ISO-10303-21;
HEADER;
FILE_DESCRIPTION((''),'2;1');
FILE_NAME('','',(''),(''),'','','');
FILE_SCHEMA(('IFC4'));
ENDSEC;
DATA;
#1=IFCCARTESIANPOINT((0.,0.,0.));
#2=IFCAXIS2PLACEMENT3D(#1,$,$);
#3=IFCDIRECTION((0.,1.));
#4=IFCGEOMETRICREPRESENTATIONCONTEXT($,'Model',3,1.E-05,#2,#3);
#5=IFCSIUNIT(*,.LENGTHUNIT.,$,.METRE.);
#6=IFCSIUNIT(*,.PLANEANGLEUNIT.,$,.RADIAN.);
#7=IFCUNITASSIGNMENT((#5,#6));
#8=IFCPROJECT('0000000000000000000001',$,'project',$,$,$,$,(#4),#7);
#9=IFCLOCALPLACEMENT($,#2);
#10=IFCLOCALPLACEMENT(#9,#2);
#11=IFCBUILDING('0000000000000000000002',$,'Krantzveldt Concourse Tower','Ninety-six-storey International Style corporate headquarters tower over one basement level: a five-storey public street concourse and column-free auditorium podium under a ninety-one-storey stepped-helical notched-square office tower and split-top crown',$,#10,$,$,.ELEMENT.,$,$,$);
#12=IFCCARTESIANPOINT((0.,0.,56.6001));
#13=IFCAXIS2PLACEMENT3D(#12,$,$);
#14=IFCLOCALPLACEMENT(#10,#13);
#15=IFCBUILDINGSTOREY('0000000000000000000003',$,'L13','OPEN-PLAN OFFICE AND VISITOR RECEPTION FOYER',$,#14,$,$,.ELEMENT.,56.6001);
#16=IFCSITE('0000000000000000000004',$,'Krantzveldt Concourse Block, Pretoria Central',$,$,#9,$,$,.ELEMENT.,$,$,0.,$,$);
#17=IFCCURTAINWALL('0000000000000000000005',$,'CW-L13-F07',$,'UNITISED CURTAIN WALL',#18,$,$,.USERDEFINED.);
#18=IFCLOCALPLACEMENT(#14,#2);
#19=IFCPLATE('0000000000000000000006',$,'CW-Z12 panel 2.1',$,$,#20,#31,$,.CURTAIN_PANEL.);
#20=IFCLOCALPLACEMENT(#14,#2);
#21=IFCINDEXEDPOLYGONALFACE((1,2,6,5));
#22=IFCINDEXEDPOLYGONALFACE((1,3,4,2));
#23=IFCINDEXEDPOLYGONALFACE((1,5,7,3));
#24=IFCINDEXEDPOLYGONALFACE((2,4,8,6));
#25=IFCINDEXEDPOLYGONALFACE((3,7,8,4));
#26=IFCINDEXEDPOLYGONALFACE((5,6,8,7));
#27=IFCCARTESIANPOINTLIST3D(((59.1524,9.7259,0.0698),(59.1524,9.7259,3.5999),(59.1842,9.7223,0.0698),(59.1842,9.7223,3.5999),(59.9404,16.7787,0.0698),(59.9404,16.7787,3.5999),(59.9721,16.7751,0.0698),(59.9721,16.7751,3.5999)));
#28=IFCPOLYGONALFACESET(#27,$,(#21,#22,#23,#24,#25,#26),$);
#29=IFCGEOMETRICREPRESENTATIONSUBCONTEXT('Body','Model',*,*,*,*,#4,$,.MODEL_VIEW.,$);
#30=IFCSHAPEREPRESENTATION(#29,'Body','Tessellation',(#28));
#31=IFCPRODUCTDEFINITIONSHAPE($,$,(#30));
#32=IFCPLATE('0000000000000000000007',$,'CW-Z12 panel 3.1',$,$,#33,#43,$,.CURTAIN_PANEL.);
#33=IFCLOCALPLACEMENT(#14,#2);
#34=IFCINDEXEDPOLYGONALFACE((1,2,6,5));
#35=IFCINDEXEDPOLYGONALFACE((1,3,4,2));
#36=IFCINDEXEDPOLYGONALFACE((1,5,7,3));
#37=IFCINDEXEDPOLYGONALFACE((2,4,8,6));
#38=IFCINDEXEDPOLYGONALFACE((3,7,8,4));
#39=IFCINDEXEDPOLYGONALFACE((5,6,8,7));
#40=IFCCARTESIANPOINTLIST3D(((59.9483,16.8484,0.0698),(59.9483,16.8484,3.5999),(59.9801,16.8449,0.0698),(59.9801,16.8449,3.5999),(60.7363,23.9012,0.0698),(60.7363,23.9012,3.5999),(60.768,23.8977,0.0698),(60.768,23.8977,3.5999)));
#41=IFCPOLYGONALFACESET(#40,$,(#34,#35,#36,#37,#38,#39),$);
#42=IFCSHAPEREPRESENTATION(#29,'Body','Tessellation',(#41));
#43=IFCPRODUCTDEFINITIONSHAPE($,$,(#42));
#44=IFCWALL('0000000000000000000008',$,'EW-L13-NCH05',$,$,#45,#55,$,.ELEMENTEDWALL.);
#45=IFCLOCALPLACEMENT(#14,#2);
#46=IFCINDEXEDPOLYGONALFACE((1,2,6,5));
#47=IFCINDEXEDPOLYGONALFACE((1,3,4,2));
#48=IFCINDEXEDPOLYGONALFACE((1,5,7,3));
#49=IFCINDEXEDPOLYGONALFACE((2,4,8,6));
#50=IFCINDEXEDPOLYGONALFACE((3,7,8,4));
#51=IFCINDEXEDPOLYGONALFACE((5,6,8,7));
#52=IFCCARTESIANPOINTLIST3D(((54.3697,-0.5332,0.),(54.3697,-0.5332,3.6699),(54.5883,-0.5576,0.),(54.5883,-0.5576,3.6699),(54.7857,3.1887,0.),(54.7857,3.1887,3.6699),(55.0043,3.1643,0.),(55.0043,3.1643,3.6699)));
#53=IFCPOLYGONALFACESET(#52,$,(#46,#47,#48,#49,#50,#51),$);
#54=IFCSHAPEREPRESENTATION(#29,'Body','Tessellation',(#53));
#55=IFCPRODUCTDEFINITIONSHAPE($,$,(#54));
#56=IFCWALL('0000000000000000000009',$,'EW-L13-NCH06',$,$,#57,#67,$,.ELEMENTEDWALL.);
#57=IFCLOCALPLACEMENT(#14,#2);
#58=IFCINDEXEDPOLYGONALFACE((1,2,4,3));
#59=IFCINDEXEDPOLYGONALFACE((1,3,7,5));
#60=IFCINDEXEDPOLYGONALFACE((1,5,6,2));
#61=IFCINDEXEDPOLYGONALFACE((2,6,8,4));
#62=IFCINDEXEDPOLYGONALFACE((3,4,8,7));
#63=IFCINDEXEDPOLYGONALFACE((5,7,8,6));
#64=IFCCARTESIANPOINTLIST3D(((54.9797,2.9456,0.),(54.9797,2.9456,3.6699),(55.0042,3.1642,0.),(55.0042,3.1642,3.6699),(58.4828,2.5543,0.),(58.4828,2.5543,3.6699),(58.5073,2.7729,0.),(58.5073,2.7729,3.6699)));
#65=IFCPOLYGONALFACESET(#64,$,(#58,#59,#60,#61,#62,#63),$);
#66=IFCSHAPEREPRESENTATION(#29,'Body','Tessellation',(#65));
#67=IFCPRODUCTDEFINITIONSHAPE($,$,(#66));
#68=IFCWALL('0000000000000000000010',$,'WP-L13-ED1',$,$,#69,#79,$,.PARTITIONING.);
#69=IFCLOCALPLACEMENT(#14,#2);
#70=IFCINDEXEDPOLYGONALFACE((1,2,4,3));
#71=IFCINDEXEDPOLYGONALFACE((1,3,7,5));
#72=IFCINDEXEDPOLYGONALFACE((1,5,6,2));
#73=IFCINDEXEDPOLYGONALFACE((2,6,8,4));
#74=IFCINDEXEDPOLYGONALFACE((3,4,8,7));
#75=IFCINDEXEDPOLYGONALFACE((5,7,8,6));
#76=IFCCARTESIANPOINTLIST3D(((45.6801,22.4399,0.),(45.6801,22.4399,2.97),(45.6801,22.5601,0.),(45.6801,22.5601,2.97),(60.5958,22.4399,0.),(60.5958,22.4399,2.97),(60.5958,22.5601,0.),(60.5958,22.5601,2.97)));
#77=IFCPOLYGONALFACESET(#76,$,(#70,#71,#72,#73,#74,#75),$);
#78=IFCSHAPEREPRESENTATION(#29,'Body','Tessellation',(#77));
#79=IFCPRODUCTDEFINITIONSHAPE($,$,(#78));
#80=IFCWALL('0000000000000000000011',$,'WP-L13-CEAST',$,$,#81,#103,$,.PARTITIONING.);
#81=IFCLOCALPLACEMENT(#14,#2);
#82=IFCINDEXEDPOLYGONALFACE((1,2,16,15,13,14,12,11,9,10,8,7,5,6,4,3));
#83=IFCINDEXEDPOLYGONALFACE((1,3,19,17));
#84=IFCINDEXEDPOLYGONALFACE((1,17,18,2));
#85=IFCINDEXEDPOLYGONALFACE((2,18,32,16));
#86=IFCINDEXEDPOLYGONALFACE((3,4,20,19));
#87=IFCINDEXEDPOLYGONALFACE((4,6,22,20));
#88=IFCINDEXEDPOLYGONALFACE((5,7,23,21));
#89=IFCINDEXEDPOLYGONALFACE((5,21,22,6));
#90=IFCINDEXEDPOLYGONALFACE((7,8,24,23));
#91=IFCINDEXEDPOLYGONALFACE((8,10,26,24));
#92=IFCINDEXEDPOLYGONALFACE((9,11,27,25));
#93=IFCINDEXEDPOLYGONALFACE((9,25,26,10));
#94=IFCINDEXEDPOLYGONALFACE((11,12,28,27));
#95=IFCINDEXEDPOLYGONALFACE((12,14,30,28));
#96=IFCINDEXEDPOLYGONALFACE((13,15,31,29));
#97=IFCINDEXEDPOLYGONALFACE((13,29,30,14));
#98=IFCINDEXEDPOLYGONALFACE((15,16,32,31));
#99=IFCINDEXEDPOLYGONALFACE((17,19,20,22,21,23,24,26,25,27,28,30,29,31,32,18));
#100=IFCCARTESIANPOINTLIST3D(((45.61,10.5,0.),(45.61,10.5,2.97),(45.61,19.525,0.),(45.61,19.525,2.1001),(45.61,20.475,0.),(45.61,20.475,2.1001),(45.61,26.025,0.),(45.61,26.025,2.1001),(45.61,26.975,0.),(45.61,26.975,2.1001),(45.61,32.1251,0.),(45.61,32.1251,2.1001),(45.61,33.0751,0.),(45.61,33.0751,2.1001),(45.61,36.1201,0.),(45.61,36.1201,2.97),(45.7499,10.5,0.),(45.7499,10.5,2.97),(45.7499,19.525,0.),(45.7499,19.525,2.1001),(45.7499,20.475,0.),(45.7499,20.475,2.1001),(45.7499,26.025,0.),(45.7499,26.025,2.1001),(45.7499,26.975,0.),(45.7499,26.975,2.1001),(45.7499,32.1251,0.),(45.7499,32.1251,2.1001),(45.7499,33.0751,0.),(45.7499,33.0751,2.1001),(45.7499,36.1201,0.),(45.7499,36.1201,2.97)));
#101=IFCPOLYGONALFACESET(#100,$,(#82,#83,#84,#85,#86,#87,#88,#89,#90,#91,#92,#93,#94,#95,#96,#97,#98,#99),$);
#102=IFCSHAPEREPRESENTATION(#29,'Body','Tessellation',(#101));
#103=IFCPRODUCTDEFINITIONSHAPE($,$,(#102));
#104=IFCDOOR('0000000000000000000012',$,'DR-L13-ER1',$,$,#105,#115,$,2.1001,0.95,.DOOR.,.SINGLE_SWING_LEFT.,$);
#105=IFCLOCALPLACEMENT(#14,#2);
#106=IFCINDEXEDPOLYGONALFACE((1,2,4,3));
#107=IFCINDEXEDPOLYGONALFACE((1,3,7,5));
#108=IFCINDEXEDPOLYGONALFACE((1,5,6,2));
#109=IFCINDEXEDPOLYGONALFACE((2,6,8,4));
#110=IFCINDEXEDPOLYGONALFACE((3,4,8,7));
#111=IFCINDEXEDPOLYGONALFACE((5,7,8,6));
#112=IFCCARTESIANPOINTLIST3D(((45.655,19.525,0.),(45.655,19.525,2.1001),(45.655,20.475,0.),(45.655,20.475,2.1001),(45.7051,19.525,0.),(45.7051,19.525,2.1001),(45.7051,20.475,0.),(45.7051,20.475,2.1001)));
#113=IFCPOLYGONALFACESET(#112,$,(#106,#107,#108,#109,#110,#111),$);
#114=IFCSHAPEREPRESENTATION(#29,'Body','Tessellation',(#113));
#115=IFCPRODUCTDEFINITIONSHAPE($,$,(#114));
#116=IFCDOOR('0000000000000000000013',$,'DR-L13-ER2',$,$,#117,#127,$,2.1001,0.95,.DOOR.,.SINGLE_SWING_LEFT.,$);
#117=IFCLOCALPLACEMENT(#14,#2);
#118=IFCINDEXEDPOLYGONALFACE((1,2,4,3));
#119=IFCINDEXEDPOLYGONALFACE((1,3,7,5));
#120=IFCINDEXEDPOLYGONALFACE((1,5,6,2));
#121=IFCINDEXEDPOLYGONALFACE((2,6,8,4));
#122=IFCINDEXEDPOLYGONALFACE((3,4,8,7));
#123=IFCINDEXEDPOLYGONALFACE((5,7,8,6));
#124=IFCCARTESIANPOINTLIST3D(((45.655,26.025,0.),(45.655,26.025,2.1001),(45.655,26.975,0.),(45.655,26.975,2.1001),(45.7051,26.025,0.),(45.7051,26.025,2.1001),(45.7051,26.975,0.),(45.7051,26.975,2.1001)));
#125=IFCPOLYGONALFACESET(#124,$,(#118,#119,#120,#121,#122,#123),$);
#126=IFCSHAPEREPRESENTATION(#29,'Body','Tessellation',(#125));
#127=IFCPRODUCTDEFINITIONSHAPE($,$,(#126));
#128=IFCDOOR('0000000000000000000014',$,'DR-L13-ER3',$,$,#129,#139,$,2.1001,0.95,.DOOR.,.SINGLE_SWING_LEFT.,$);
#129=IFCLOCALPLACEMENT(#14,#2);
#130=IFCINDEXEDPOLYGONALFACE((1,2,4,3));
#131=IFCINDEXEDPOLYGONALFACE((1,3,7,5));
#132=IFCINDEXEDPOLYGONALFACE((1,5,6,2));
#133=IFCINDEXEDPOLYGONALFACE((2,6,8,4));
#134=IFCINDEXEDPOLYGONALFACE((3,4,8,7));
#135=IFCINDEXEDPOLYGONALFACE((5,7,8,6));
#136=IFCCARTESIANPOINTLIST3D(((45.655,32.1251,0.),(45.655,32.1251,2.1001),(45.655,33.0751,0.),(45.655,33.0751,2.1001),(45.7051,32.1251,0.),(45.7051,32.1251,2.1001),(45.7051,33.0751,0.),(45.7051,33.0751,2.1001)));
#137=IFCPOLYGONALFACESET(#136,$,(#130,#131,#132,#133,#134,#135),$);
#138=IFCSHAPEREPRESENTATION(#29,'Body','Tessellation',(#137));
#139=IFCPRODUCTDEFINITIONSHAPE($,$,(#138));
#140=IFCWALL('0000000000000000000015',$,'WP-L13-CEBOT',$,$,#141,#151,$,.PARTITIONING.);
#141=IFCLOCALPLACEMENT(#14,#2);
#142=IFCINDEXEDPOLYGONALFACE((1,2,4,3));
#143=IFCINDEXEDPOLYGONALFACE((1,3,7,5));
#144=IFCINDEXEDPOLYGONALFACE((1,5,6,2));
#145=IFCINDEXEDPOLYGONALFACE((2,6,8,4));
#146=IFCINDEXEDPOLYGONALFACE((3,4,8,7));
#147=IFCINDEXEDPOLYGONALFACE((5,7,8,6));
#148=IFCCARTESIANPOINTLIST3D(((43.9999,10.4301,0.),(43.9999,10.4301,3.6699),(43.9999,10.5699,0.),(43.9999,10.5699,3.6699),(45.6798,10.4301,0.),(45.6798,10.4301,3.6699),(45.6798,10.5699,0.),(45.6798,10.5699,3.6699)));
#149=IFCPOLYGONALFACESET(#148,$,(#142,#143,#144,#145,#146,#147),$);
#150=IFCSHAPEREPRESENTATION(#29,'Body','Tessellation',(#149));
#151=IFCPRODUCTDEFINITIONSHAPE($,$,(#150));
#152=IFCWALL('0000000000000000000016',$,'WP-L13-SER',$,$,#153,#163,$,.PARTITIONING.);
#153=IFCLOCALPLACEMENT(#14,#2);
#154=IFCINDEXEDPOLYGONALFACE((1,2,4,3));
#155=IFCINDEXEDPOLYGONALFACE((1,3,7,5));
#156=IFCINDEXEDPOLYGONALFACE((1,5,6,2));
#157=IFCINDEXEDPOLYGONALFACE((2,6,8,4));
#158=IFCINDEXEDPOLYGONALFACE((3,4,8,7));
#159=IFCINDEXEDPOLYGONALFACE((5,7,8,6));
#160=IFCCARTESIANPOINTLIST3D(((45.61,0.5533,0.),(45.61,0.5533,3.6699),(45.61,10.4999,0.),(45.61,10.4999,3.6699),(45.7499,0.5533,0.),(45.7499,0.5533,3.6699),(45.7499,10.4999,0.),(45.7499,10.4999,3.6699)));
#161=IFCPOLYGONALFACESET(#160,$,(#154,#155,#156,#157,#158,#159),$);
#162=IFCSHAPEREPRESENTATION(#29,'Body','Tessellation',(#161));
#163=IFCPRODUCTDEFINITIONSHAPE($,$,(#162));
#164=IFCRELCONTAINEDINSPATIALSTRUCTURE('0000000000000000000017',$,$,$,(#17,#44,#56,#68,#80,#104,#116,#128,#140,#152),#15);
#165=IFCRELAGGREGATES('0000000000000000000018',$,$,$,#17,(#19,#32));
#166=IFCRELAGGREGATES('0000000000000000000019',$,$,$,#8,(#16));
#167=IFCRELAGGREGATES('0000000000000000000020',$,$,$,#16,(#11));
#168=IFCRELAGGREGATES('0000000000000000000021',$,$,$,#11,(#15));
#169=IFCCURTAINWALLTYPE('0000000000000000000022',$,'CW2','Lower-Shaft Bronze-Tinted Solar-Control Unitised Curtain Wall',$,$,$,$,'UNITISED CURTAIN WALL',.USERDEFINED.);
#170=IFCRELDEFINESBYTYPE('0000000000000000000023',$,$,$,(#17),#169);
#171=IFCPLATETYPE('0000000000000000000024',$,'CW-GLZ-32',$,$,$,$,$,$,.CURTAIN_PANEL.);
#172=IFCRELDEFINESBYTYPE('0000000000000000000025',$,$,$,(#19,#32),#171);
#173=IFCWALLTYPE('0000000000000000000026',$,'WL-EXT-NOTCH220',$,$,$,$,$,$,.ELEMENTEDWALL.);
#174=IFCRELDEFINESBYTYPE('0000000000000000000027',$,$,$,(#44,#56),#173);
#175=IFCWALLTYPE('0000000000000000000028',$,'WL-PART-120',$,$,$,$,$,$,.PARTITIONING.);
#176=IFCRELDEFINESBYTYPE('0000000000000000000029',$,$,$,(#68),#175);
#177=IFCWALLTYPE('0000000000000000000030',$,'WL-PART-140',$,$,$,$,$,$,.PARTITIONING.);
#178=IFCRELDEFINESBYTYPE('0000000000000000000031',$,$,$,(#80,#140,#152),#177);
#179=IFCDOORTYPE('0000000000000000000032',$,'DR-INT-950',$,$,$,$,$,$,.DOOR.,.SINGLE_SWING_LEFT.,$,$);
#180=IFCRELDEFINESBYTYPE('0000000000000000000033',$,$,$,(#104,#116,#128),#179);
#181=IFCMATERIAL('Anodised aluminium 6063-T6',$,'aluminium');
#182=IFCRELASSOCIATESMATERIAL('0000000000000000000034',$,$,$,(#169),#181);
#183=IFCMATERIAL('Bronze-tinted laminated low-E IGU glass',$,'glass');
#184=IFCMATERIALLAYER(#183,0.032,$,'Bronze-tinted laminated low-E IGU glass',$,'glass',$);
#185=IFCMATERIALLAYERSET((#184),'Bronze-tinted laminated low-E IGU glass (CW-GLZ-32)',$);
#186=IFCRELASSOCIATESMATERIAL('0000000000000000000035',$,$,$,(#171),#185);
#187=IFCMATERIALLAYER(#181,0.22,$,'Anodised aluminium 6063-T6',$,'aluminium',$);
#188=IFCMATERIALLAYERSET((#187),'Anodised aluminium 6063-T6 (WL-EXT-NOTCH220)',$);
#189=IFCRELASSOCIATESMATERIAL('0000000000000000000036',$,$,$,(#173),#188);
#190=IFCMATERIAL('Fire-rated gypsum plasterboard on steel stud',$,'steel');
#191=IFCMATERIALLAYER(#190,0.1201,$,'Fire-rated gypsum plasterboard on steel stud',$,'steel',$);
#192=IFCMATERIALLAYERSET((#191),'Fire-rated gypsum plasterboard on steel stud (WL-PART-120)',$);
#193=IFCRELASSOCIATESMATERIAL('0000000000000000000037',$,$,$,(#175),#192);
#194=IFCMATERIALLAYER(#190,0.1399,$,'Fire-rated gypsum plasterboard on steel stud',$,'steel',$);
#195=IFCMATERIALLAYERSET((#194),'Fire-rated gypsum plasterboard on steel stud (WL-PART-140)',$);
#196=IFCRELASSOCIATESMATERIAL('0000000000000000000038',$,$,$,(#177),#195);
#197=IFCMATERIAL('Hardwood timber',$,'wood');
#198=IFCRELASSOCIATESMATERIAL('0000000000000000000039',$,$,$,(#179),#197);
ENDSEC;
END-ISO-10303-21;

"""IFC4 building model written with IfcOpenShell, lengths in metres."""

from ifc_helpers import new_model, si_unit, direction, frame, frame_2d, origin, origin_2d, place, context, subcontext, project, spatial, rectangle, extrude, source, transform, mapped, material, layer, layer_set, type_object, element, fill, aggregate, save


model = new_model("IFC4")

# Units and contexts
model_context = context("Model", 3, precision=1e-05, world=origin(), true_north=direction((0.0, 1.0)))
body_context = subcontext(model_context, "Body", "Model", "MODEL_VIEW")
ifc_project = project(units=[si_unit("LENGTHUNIT", "METRE"), si_unit("PLANEANGLEUNIT", "RADIAN")], contexts=[model_context])

# Site, building, storey
site_placement = place(None, origin())
site = spatial("IfcSite", under=ifc_project, at=site_placement, Name="Krantzveldt Concourse Block, Pretoria Central", CompositionType="ELEMENT", RefElevation=0.0)
building_placement = place(site_placement, origin())
building = spatial("IfcBuilding", under=site, at=building_placement, Name="Krantzveldt Concourse Tower", Description="Ninety-six-storey International Style corporate headquarters tower over one basement level: a five-storey public street concourse and column-free auditorium podium under a ninety-one-storey stepped-helical notched-square office tower and split-top crown", CompositionType="ELEMENT")
storey_placement = place(building_placement, frame((0.0, 0.0, 56.6001)))
storey = spatial("IfcBuildingStorey", under=building, at=storey_placement, Name="L13", Description="OPEN-PLAN OFFICE AND VISITOR RECEPTION FOYER", CompositionType="ELEMENT", Elevation=56.6001)

# Curtain wall
ifc_material_1 = material(Name="Anodised aluminium 6063-T6", Category="aluminium")
curtain_wall_type = type_object("IfcCurtainWallType", Name="CW2", Description="Lower-Shaft Bronze-Tinted Solar-Control Unitised Curtain Wall", ElementType="UNITISED CURTAIN WALL", PredefinedType="USERDEFINED", material=ifc_material_1)
curtain_wall_1_placement = place(storey_placement, origin())
curtain_wall_1 = element("IfcCurtainWall", 1, at=curtain_wall_1_placement, inside=storey, type_object=curtain_wall_type, Name="CW-L13-F07", ObjectType="UNITISED CURTAIN WALL", PredefinedType="USERDEFINED")

# Plates
ifc_material_2 = material(Name="Bronze-tinted laminated low-E IGU glass", Category="glass")
ifc_layer_1 = layer(ifc_material_2, 0.032, Name="Bronze-tinted laminated low-E IGU glass", Category="glass")
ifc_layer_set_1 = layer_set([ifc_layer_1], Name="Bronze-tinted laminated low-E IGU glass (CW-GLZ-32)")
plate_type = type_object("IfcPlateType", Name="CW-GLZ-32", PredefinedType="CURTAIN_PANEL", material=ifc_layer_set_1)
shared_shape_1 = source(origin(), body_context, "Body", "SweptSolid", [
    extrude(rectangle(XDim=7.0967, YDim=0.032, at=origin_2d()), origin(), (0.0, 0.0, 1.0), 3.53),
])
plate_1_placement = place(storey_placement, frame((59.5623, 13.2505, 0.0698), z_axis=(0.0, 0.0, 1.0), x_axis=(0.111035, 0.993816, 0.0)))
plate_1 = element("IfcPlate", 2, at=plate_1_placement, type_object=plate_type, Name="CW-Z12 panel 2.1", PredefinedType="CURTAIN_PANEL", context=body_context, shape_type="MappedRepresentation", body=[
    mapped(shared_shape_1, transform((0.0, 0.0, 0.0), x_axis=(1.0, 0.0, 0.0), y_axis=(0.0, 1.0, 0.0), z_axis=(0.0, 0.0, 1.0), scale=1.0)),
])
plate_2_placement = place(storey_placement, frame((60.3582, 20.373, 0.0698), z_axis=(0.0, 0.0, 1.0), x_axis=(0.111035, 0.993816, 0.0)))
plate_2 = element("IfcPlate", 3, at=plate_2_placement, type_object=plate_type, Name="CW-Z12 panel 3.1", PredefinedType="CURTAIN_PANEL", context=body_context, shape_type="MappedRepresentation", body=[
    mapped(shared_shape_1, transform((0.0, 0.0, 0.0), x_axis=(1.0, 0.0, 0.0), y_axis=(0.0, 1.0, 0.0), z_axis=(0.0, 0.0, 1.0), scale=1.0)),
])
aggregate(curtain_wall_1, [plate_1, plate_2])

# Walls
ifc_layer_2 = layer(ifc_material_1, 0.22, Name="Anodised aluminium 6063-T6", Category="aluminium")
ifc_layer_set_2 = layer_set([ifc_layer_2], Name="Anodised aluminium 6063-T6 (WL-EXT-NOTCH220)")
wall_type_1 = type_object("IfcWallType", Name="WL-EXT-NOTCH220", PredefinedType="ELEMENTEDWALL", material=ifc_layer_set_2)
wall_1_placement = place(storey_placement, frame((54.479, -0.5454, 0.0), z_axis=(0.0, 0.0, 1.0), x_axis=(0.111083, 0.993811, 0.0)))
element("IfcWall", 4, at=wall_1_placement, inside=storey, type_object=wall_type_1, Name="EW-L13-NCH05", PredefinedType="ELEMENTEDWALL", context=body_context, shape_type="SweptSolid", body=[
    extrude(rectangle(XDim=3.7451, YDim=0.22, at=frame_2d((1.8726, 0.0))), origin(), (0.0, 0.0, 1.0), 3.6699),
])
wall_2_placement = place(storey_placement, frame((54.9919, 3.0549, 0.0), z_axis=(0.0, 0.0, 1.0), x_axis=(0.993818, -0.111024, 0.0)))
element("IfcWall", 5, at=wall_2_placement, inside=storey, type_object=wall_type_1, Name="EW-L13-NCH06", PredefinedType="ELEMENTEDWALL", context=body_context, shape_type="SweptSolid", body=[
    extrude(rectangle(XDim=3.5249, YDim=0.22, at=frame_2d((1.7625, 0.0))), origin(), (0.0, 0.0, 1.0), 3.6699),
])
ifc_material_3 = material(Name="Fire-rated gypsum plasterboard on steel stud", Category="steel")
ifc_layer_3 = layer(ifc_material_3, 0.1201, Name="Fire-rated gypsum plasterboard on steel stud", Category="steel")
ifc_layer_set_3 = layer_set([ifc_layer_3], Name="Fire-rated gypsum plasterboard on steel stud (WL-PART-120)")
wall_type_2 = type_object("IfcWallType", Name="WL-PART-120", PredefinedType="PARTITIONING", material=ifc_layer_set_3)
wall_3_placement = place(storey_placement, frame((45.6799, 22.5, 0.0), z_axis=(0.0, 0.0, 1.0), x_axis=(1.0, 0.0, 0.0)))
element("IfcWall", 6, at=wall_3_placement, inside=storey, type_object=wall_type_2, Name="WP-L13-ED1", PredefinedType="PARTITIONING", context=body_context, shape_type="SweptSolid", body=[
    extrude(rectangle(XDim=14.9158, YDim=0.1201, at=frame_2d((7.458, 0.0))), origin(), (0.0, 0.0, 1.0), 2.97),
])

# Wall, openings, doors
ifc_layer_4 = layer(ifc_material_3, 0.1399, Name="Fire-rated gypsum plasterboard on steel stud", Category="steel")
ifc_layer_set_4 = layer_set([ifc_layer_4], Name="Fire-rated gypsum plasterboard on steel stud (WL-PART-140)")
wall_type_3 = type_object("IfcWallType", Name="WL-PART-140", PredefinedType="PARTITIONING", material=ifc_layer_set_4)
wall_4_placement = place(storey_placement, frame((45.6799, 10.5, 0.0), z_axis=(0.0, 0.0, 1.0), x_axis=(0.0, 1.0, 0.0)))
wall_4 = element("IfcWall", 7, at=wall_4_placement, inside=storey, type_object=wall_type_3, Name="WP-L13-CEAST", PredefinedType="PARTITIONING", context=body_context, shape_type="SweptSolid", body=[
    extrude(rectangle(XDim=25.6201, YDim=0.1399, at=frame_2d((12.8101, 0.0))), origin(), (0.0, 0.0, 1.0), 2.97),
])
opening_1_placement = place(wall_4_placement, frame((9.0249, 0.0, 0.0)))
opening_1 = element("IfcOpeningElement", 8, at=opening_1_placement, cuts=wall_4, PredefinedType="OPENING", context=body_context, shape_type="SweptSolid", body=[
    extrude(rectangle(XDim=0.95, YDim=2.1001, at=frame_2d((0.4751, 1.05))), frame((0.0, 0.0801, 0.0), z_axis=(0.0, -1.0, 0.0), x_axis=(1.0, 0.0, 0.0)), (0.0, 0.0, 1.0), 0.1599),
])
opening_2_placement = place(wall_4_placement, frame((15.5249, 0.0, 0.0)))
opening_2 = element("IfcOpeningElement", 9, at=opening_2_placement, cuts=wall_4, PredefinedType="OPENING", context=body_context, shape_type="SweptSolid", body=[
    extrude(rectangle(XDim=0.95, YDim=2.1001, at=frame_2d((0.4751, 1.05))), frame((0.0, 0.0801, 0.0), z_axis=(0.0, -1.0, 0.0), x_axis=(1.0, 0.0, 0.0)), (0.0, 0.0, 1.0), 0.1599),
])
opening_3_placement = place(wall_4_placement, frame((21.625, 0.0, 0.0)))
opening_3 = element("IfcOpeningElement", 10, at=opening_3_placement, cuts=wall_4, PredefinedType="OPENING", context=body_context, shape_type="SweptSolid", body=[
    extrude(rectangle(XDim=0.95, YDim=2.1001, at=frame_2d((0.4751, 1.05))), frame((0.0, 0.0801, 0.0), z_axis=(0.0, -1.0, 0.0), x_axis=(1.0, 0.0, 0.0)), (0.0, 0.0, 1.0), 0.1599),
])
ifc_material_4 = material(Name="Hardwood timber", Category="wood")
door_type = type_object("IfcDoorType", Name="DR-INT-950", OperationType="SINGLE_SWING_LEFT", PredefinedType="DOOR", material=ifc_material_4)
door_1_placement = place(opening_1_placement, origin())
door_1 = element("IfcDoor", 11, at=door_1_placement, inside=storey, type_object=door_type, Name="DR-L13-ER1", OperationType="SINGLE_SWING_LEFT", OverallHeight=2.1001, OverallWidth=0.95, PredefinedType="DOOR", context=body_context, shape_type="SweptSolid", body=[
    extrude(rectangle(XDim=0.95, YDim=2.1001, at=frame_2d((0.4751, 1.05))), frame((0.0, 0.0249, 0.0), z_axis=(0.0, -1.0, 0.0), x_axis=(1.0, 0.0, 0.0)), (0.0, 0.0, 1.0), 0.05),
])
fill(opening_1, door_1)
door_2_placement = place(opening_2_placement, origin())
door_2 = element("IfcDoor", 12, at=door_2_placement, inside=storey, type_object=door_type, Name="DR-L13-ER2", OperationType="SINGLE_SWING_LEFT", OverallHeight=2.1001, OverallWidth=0.95, PredefinedType="DOOR", context=body_context, shape_type="SweptSolid", body=[
    extrude(rectangle(XDim=0.95, YDim=2.1001, at=frame_2d((0.4751, 1.05))), frame((0.0, 0.0249, 0.0), z_axis=(0.0, -1.0, 0.0), x_axis=(1.0, 0.0, 0.0)), (0.0, 0.0, 1.0), 0.05),
])
fill(opening_2, door_2)
door_3_placement = place(opening_3_placement, origin())
door_3 = element("IfcDoor", 13, at=door_3_placement, inside=storey, type_object=door_type, Name="DR-L13-ER3", OperationType="SINGLE_SWING_LEFT", OverallHeight=2.1001, OverallWidth=0.95, PredefinedType="DOOR", context=body_context, shape_type="SweptSolid", body=[
    extrude(rectangle(XDim=0.95, YDim=2.1001, at=frame_2d((0.4751, 1.05))), frame((0.0, 0.0249, 0.0), z_axis=(0.0, -1.0, 0.0), x_axis=(1.0, 0.0, 0.0)), (0.0, 0.0, 1.0), 0.05),
])
fill(opening_3, door_3)

# Walls
wall_5_placement = place(storey_placement, frame((44.0, 10.5, 0.0), z_axis=(0.0, 0.0, 1.0), x_axis=(1.0, 0.0, 0.0)))
element("IfcWall", 14, at=wall_5_placement, inside=storey, type_object=wall_type_3, Name="WP-L13-CEBOT", PredefinedType="PARTITIONING", context=body_context, shape_type="SweptSolid", body=[
    extrude(rectangle(XDim=1.6799, YDim=0.1399, at=frame_2d((0.8398, 0.0))), origin(), (0.0, 0.0, 1.0), 3.6699),
])
wall_6_placement = place(storey_placement, frame((45.6799, 0.5535, 0.0), z_axis=(0.0, 0.0, 1.0), x_axis=(0.0, 1.0, 0.0)))
element("IfcWall", 15, at=wall_6_placement, inside=storey, type_object=wall_type_3, Name="WP-L13-SER", PredefinedType="PARTITIONING", context=body_context, shape_type="SweptSolid", body=[
    extrude(rectangle(XDim=9.9465, YDim=0.1399, at=frame_2d((4.9731, 0.0))), origin(), (0.0, 0.0, 1.0), 3.6699),
])

save(model, "model.ifc")
